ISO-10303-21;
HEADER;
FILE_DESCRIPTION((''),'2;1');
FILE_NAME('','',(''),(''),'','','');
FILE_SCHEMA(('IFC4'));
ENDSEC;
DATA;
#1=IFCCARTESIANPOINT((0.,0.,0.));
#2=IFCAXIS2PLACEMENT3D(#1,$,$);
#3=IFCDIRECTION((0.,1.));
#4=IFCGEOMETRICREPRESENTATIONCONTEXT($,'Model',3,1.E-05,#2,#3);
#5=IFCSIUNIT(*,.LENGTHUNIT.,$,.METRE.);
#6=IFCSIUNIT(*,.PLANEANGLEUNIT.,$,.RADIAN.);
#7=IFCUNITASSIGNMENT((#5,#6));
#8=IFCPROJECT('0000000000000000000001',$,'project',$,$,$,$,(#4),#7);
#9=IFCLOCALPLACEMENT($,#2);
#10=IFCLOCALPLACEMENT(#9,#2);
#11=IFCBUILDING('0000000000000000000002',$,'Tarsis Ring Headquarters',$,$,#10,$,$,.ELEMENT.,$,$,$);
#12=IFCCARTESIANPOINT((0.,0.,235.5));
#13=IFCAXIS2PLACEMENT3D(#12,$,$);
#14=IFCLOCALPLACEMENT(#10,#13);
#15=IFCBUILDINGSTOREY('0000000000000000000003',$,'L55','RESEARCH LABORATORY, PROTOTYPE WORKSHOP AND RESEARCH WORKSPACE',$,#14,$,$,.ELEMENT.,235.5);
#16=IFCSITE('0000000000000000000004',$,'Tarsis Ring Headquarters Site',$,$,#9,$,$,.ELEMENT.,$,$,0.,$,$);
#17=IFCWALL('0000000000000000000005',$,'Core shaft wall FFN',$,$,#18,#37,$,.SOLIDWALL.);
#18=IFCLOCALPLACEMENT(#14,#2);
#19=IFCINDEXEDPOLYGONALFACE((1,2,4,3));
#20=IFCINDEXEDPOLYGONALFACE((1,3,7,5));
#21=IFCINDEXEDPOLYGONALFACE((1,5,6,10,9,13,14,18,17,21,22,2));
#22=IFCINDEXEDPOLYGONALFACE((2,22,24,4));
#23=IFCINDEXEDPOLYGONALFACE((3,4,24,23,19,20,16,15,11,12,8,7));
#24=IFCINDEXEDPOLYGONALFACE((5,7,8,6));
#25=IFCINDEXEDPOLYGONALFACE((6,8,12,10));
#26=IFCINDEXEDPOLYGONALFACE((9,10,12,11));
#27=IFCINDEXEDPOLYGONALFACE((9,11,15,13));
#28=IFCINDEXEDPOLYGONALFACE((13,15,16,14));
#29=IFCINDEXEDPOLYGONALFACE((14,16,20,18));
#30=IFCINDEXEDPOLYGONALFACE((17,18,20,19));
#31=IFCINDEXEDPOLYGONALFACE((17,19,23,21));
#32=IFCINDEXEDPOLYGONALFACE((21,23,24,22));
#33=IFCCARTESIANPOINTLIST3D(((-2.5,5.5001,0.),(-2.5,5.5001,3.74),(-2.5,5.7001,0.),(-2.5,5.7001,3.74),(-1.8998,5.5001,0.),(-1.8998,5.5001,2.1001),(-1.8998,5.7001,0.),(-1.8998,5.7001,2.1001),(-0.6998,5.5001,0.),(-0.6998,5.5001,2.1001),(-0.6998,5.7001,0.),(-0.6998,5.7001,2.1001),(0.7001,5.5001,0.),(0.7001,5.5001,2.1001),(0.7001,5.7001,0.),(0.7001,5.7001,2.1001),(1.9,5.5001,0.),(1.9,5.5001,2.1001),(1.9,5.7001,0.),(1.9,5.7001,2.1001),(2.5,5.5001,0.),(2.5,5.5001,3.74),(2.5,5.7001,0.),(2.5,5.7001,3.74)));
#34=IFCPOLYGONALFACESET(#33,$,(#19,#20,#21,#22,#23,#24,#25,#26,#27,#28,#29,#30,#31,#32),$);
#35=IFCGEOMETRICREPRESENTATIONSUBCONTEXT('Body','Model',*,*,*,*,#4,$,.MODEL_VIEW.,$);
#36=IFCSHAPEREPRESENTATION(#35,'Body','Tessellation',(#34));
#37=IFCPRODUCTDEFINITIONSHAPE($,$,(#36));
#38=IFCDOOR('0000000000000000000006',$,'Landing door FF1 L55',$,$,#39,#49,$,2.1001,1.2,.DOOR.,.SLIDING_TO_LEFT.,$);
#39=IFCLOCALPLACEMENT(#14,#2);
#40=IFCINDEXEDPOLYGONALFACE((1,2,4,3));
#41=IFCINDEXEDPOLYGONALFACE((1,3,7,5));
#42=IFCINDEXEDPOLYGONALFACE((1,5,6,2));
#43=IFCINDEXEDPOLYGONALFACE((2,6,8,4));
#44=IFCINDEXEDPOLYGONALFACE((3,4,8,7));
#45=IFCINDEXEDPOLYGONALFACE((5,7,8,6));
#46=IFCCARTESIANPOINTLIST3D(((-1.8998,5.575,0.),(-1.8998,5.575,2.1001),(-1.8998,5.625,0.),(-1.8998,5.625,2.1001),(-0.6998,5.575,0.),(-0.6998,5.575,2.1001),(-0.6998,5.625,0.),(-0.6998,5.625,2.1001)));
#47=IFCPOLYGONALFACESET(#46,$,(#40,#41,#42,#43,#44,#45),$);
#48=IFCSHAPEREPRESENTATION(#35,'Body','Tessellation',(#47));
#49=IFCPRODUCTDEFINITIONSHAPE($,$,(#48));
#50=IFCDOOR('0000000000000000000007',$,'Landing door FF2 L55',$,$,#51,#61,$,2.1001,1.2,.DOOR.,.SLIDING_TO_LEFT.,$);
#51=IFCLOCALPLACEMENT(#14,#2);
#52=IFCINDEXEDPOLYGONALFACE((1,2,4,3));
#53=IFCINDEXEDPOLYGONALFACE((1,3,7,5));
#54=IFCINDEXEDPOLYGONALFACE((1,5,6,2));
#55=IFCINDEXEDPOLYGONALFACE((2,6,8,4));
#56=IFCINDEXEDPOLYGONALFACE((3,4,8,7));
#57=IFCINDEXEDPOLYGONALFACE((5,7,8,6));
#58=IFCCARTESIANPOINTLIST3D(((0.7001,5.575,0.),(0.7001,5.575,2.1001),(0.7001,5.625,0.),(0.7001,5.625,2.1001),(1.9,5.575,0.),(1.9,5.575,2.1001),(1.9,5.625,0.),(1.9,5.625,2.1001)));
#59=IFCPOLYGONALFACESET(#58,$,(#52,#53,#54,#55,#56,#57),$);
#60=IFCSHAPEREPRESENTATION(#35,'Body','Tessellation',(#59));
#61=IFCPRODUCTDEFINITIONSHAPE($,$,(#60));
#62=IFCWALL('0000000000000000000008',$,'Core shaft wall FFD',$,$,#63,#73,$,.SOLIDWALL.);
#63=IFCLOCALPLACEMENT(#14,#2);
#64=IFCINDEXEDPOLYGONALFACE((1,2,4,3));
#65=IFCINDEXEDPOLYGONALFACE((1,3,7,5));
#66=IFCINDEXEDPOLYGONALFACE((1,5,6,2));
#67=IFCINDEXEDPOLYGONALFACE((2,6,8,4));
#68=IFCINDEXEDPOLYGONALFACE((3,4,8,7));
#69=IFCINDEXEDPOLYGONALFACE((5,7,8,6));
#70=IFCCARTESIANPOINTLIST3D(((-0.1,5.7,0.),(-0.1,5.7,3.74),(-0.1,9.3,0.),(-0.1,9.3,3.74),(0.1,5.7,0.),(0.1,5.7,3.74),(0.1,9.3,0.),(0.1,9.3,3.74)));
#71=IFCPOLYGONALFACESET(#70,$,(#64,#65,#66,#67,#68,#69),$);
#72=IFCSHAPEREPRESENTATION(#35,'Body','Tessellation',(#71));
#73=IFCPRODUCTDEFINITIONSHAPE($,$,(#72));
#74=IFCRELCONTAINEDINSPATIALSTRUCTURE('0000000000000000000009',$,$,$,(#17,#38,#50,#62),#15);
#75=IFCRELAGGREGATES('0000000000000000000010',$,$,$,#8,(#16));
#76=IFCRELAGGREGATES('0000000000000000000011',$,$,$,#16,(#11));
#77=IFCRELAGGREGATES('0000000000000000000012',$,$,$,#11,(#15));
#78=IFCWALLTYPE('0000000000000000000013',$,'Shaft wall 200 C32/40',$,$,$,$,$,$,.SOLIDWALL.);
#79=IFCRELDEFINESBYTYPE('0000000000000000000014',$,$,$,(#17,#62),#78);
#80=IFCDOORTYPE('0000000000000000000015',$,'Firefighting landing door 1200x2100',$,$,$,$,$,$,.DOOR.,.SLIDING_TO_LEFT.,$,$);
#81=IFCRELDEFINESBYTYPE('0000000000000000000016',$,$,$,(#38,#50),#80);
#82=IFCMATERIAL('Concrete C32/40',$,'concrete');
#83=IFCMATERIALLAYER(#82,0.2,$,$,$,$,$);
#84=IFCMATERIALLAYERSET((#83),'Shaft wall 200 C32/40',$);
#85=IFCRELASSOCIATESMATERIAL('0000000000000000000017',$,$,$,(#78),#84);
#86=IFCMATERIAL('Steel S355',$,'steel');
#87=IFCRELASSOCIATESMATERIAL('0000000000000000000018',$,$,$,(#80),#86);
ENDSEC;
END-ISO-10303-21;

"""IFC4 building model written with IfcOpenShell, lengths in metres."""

from ifc_helpers import new_model, si_unit, direction, frame, frame_2d, origin, place, context, subcontext, project, spatial, rectangle, extrude, material, layer, layer_set, type_object, element, fill, save


model = new_model("IFC4")

# Units and contexts
model_context = context("Model", 3, precision=1e-05, world=origin(), true_north=direction((0.0, 1.0)))
body_context = subcontext(model_context, "Body", "Model", "MODEL_VIEW")
ifc_project = project(units=[si_unit("LENGTHUNIT", "METRE"), si_unit("PLANEANGLEUNIT", "RADIAN")], contexts=[model_context])

# Site, building, storey
site_placement = place(None, origin())
site = spatial("IfcSite", under=ifc_project, at=site_placement, Name="Tarsis Ring Headquarters Site", CompositionType="ELEMENT", RefElevation=0.0)
building_placement = place(site_placement, origin())
building = spatial("IfcBuilding", under=site, at=building_placement, Name="Tarsis Ring Headquarters", CompositionType="ELEMENT")
storey_placement = place(building_placement, frame((0.0, 0.0, 235.5)))
storey = spatial("IfcBuildingStorey", under=building, at=storey_placement, Name="L55", Description="RESEARCH LABORATORY, PROTOTYPE WORKSHOP AND RESEARCH WORKSPACE", CompositionType="ELEMENT", Elevation=235.5)

# Shared definitions
ifc_material_1 = material(Name="Concrete C32/40", Category="concrete")
ifc_layer_1 = layer(ifc_material_1, 0.2)
ifc_layer_set_1 = layer_set([ifc_layer_1], Name="Shaft wall 200 C32/40")
wall_type_1 = type_object("IfcWallType", Name="Shaft wall 200 C32/40", PredefinedType="SOLIDWALL", material=ifc_layer_set_1)

# Wall, openings, doors
wall_1_placement = place(storey_placement, frame((-2.5, 5.6001, 0.0), z_axis=(0.0, 0.0, 1.0), x_axis=(1.0, 0.0, 0.0)))
wall_1 = element("IfcWall", 1, at=wall_1_placement, inside=storey, type_object=wall_type_1, Name="Core shaft wall FFN", PredefinedType="SOLIDWALL", context=body_context, shape_type="SweptSolid", body=[
    extrude(rectangle(XDim=5.0, YDim=0.2, at=frame_2d((2.5, 0.0))), origin(), (0.0, 0.0, 1.0), 3.74),
])
opening_1_placement = place(wall_1_placement, frame((0.6001, 0.0, 0.0)))
opening_1 = element("IfcOpeningElement", 2, at=opening_1_placement, cuts=wall_1, PredefinedType="OPENING", context=body_context, shape_type="SweptSolid", body=[
    extrude(rectangle(XDim=1.2, YDim=2.1001, at=frame_2d((0.6001, 1.05))), frame((0.0, 0.1099, 0.0), z_axis=(0.0, -1.0, 0.0), x_axis=(1.0, 0.0, 0.0)), (0.0, 0.0, 1.0), 0.22),
])
opening_2_placement = place(wall_1_placement, frame((3.2, 0.0, 0.0)))
opening_2 = element("IfcOpeningElement", 3, at=opening_2_placement, cuts=wall_1, PredefinedType="OPENING", context=body_context, shape_type="SweptSolid", body=[
    extrude(rectangle(XDim=1.2, YDim=2.1001, at=frame_2d((0.6001, 1.05))), frame((0.0, 0.1099, 0.0), z_axis=(0.0, -1.0, 0.0), x_axis=(1.0, 0.0, 0.0)), (0.0, 0.0, 1.0), 0.22),
])
ifc_material_2 = material(Name="Steel S355", Category="steel")
door_type = type_object("IfcDoorType", Name="Firefighting landing door 1200x2100", OperationType="SLIDING_TO_LEFT", PredefinedType="DOOR", material=ifc_material_2)
door_1_placement = place(opening_1_placement, origin())
door_1 = element("IfcDoor", 4, at=door_1_placement, inside=storey, type_object=door_type, Name="Landing door FF1 L55", OperationType="SLIDING_TO_LEFT", OverallHeight=2.1001, OverallWidth=1.2, PredefinedType="DOOR", context=body_context, shape_type="SweptSolid", body=[
    extrude(rectangle(XDim=1.2, YDim=2.1001, at=frame_2d((0.6001, 1.05))), frame((0.0, 0.0249, 0.0), z_axis=(0.0, -1.0, 0.0), x_axis=(1.0, 0.0, 0.0)), (0.0, 0.0, 1.0), 0.05),
])
fill(opening_1, door_1)
door_2_placement = place(opening_2_placement, origin())
door_2 = element("IfcDoor", 5, at=door_2_placement, inside=storey, type_object=door_type, Name="Landing door FF2 L55", OperationType="SLIDING_TO_LEFT", OverallHeight=2.1001, OverallWidth=1.2, PredefinedType="DOOR", context=body_context, shape_type="SweptSolid", body=[
    extrude(rectangle(XDim=1.2, YDim=2.1001, at=frame_2d((0.6001, 1.05))), frame((0.0, 0.0249, 0.0), z_axis=(0.0, -1.0, 0.0), x_axis=(1.0, 0.0, 0.0)), (0.0, 0.0, 1.0), 0.05),
])
fill(opening_2, door_2)

# Wall
wall_2_placement = place(storey_placement, frame((0.0, 5.7, 0.0), z_axis=(0.0, 0.0, 1.0), x_axis=(0.0, 1.0, 0.0)))
element("IfcWall", 6, at=wall_2_placement, inside=storey, type_object=wall_type_1, Name="Core shaft wall FFD", PredefinedType="SOLIDWALL", context=body_context, shape_type="SweptSolid", body=[
    extrude(rectangle(XDim=3.6001, YDim=0.2, at=frame_2d((1.8, 0.0))), origin(), (0.0, 0.0, 1.0), 3.74),
])

save(model, "model.ifc")
